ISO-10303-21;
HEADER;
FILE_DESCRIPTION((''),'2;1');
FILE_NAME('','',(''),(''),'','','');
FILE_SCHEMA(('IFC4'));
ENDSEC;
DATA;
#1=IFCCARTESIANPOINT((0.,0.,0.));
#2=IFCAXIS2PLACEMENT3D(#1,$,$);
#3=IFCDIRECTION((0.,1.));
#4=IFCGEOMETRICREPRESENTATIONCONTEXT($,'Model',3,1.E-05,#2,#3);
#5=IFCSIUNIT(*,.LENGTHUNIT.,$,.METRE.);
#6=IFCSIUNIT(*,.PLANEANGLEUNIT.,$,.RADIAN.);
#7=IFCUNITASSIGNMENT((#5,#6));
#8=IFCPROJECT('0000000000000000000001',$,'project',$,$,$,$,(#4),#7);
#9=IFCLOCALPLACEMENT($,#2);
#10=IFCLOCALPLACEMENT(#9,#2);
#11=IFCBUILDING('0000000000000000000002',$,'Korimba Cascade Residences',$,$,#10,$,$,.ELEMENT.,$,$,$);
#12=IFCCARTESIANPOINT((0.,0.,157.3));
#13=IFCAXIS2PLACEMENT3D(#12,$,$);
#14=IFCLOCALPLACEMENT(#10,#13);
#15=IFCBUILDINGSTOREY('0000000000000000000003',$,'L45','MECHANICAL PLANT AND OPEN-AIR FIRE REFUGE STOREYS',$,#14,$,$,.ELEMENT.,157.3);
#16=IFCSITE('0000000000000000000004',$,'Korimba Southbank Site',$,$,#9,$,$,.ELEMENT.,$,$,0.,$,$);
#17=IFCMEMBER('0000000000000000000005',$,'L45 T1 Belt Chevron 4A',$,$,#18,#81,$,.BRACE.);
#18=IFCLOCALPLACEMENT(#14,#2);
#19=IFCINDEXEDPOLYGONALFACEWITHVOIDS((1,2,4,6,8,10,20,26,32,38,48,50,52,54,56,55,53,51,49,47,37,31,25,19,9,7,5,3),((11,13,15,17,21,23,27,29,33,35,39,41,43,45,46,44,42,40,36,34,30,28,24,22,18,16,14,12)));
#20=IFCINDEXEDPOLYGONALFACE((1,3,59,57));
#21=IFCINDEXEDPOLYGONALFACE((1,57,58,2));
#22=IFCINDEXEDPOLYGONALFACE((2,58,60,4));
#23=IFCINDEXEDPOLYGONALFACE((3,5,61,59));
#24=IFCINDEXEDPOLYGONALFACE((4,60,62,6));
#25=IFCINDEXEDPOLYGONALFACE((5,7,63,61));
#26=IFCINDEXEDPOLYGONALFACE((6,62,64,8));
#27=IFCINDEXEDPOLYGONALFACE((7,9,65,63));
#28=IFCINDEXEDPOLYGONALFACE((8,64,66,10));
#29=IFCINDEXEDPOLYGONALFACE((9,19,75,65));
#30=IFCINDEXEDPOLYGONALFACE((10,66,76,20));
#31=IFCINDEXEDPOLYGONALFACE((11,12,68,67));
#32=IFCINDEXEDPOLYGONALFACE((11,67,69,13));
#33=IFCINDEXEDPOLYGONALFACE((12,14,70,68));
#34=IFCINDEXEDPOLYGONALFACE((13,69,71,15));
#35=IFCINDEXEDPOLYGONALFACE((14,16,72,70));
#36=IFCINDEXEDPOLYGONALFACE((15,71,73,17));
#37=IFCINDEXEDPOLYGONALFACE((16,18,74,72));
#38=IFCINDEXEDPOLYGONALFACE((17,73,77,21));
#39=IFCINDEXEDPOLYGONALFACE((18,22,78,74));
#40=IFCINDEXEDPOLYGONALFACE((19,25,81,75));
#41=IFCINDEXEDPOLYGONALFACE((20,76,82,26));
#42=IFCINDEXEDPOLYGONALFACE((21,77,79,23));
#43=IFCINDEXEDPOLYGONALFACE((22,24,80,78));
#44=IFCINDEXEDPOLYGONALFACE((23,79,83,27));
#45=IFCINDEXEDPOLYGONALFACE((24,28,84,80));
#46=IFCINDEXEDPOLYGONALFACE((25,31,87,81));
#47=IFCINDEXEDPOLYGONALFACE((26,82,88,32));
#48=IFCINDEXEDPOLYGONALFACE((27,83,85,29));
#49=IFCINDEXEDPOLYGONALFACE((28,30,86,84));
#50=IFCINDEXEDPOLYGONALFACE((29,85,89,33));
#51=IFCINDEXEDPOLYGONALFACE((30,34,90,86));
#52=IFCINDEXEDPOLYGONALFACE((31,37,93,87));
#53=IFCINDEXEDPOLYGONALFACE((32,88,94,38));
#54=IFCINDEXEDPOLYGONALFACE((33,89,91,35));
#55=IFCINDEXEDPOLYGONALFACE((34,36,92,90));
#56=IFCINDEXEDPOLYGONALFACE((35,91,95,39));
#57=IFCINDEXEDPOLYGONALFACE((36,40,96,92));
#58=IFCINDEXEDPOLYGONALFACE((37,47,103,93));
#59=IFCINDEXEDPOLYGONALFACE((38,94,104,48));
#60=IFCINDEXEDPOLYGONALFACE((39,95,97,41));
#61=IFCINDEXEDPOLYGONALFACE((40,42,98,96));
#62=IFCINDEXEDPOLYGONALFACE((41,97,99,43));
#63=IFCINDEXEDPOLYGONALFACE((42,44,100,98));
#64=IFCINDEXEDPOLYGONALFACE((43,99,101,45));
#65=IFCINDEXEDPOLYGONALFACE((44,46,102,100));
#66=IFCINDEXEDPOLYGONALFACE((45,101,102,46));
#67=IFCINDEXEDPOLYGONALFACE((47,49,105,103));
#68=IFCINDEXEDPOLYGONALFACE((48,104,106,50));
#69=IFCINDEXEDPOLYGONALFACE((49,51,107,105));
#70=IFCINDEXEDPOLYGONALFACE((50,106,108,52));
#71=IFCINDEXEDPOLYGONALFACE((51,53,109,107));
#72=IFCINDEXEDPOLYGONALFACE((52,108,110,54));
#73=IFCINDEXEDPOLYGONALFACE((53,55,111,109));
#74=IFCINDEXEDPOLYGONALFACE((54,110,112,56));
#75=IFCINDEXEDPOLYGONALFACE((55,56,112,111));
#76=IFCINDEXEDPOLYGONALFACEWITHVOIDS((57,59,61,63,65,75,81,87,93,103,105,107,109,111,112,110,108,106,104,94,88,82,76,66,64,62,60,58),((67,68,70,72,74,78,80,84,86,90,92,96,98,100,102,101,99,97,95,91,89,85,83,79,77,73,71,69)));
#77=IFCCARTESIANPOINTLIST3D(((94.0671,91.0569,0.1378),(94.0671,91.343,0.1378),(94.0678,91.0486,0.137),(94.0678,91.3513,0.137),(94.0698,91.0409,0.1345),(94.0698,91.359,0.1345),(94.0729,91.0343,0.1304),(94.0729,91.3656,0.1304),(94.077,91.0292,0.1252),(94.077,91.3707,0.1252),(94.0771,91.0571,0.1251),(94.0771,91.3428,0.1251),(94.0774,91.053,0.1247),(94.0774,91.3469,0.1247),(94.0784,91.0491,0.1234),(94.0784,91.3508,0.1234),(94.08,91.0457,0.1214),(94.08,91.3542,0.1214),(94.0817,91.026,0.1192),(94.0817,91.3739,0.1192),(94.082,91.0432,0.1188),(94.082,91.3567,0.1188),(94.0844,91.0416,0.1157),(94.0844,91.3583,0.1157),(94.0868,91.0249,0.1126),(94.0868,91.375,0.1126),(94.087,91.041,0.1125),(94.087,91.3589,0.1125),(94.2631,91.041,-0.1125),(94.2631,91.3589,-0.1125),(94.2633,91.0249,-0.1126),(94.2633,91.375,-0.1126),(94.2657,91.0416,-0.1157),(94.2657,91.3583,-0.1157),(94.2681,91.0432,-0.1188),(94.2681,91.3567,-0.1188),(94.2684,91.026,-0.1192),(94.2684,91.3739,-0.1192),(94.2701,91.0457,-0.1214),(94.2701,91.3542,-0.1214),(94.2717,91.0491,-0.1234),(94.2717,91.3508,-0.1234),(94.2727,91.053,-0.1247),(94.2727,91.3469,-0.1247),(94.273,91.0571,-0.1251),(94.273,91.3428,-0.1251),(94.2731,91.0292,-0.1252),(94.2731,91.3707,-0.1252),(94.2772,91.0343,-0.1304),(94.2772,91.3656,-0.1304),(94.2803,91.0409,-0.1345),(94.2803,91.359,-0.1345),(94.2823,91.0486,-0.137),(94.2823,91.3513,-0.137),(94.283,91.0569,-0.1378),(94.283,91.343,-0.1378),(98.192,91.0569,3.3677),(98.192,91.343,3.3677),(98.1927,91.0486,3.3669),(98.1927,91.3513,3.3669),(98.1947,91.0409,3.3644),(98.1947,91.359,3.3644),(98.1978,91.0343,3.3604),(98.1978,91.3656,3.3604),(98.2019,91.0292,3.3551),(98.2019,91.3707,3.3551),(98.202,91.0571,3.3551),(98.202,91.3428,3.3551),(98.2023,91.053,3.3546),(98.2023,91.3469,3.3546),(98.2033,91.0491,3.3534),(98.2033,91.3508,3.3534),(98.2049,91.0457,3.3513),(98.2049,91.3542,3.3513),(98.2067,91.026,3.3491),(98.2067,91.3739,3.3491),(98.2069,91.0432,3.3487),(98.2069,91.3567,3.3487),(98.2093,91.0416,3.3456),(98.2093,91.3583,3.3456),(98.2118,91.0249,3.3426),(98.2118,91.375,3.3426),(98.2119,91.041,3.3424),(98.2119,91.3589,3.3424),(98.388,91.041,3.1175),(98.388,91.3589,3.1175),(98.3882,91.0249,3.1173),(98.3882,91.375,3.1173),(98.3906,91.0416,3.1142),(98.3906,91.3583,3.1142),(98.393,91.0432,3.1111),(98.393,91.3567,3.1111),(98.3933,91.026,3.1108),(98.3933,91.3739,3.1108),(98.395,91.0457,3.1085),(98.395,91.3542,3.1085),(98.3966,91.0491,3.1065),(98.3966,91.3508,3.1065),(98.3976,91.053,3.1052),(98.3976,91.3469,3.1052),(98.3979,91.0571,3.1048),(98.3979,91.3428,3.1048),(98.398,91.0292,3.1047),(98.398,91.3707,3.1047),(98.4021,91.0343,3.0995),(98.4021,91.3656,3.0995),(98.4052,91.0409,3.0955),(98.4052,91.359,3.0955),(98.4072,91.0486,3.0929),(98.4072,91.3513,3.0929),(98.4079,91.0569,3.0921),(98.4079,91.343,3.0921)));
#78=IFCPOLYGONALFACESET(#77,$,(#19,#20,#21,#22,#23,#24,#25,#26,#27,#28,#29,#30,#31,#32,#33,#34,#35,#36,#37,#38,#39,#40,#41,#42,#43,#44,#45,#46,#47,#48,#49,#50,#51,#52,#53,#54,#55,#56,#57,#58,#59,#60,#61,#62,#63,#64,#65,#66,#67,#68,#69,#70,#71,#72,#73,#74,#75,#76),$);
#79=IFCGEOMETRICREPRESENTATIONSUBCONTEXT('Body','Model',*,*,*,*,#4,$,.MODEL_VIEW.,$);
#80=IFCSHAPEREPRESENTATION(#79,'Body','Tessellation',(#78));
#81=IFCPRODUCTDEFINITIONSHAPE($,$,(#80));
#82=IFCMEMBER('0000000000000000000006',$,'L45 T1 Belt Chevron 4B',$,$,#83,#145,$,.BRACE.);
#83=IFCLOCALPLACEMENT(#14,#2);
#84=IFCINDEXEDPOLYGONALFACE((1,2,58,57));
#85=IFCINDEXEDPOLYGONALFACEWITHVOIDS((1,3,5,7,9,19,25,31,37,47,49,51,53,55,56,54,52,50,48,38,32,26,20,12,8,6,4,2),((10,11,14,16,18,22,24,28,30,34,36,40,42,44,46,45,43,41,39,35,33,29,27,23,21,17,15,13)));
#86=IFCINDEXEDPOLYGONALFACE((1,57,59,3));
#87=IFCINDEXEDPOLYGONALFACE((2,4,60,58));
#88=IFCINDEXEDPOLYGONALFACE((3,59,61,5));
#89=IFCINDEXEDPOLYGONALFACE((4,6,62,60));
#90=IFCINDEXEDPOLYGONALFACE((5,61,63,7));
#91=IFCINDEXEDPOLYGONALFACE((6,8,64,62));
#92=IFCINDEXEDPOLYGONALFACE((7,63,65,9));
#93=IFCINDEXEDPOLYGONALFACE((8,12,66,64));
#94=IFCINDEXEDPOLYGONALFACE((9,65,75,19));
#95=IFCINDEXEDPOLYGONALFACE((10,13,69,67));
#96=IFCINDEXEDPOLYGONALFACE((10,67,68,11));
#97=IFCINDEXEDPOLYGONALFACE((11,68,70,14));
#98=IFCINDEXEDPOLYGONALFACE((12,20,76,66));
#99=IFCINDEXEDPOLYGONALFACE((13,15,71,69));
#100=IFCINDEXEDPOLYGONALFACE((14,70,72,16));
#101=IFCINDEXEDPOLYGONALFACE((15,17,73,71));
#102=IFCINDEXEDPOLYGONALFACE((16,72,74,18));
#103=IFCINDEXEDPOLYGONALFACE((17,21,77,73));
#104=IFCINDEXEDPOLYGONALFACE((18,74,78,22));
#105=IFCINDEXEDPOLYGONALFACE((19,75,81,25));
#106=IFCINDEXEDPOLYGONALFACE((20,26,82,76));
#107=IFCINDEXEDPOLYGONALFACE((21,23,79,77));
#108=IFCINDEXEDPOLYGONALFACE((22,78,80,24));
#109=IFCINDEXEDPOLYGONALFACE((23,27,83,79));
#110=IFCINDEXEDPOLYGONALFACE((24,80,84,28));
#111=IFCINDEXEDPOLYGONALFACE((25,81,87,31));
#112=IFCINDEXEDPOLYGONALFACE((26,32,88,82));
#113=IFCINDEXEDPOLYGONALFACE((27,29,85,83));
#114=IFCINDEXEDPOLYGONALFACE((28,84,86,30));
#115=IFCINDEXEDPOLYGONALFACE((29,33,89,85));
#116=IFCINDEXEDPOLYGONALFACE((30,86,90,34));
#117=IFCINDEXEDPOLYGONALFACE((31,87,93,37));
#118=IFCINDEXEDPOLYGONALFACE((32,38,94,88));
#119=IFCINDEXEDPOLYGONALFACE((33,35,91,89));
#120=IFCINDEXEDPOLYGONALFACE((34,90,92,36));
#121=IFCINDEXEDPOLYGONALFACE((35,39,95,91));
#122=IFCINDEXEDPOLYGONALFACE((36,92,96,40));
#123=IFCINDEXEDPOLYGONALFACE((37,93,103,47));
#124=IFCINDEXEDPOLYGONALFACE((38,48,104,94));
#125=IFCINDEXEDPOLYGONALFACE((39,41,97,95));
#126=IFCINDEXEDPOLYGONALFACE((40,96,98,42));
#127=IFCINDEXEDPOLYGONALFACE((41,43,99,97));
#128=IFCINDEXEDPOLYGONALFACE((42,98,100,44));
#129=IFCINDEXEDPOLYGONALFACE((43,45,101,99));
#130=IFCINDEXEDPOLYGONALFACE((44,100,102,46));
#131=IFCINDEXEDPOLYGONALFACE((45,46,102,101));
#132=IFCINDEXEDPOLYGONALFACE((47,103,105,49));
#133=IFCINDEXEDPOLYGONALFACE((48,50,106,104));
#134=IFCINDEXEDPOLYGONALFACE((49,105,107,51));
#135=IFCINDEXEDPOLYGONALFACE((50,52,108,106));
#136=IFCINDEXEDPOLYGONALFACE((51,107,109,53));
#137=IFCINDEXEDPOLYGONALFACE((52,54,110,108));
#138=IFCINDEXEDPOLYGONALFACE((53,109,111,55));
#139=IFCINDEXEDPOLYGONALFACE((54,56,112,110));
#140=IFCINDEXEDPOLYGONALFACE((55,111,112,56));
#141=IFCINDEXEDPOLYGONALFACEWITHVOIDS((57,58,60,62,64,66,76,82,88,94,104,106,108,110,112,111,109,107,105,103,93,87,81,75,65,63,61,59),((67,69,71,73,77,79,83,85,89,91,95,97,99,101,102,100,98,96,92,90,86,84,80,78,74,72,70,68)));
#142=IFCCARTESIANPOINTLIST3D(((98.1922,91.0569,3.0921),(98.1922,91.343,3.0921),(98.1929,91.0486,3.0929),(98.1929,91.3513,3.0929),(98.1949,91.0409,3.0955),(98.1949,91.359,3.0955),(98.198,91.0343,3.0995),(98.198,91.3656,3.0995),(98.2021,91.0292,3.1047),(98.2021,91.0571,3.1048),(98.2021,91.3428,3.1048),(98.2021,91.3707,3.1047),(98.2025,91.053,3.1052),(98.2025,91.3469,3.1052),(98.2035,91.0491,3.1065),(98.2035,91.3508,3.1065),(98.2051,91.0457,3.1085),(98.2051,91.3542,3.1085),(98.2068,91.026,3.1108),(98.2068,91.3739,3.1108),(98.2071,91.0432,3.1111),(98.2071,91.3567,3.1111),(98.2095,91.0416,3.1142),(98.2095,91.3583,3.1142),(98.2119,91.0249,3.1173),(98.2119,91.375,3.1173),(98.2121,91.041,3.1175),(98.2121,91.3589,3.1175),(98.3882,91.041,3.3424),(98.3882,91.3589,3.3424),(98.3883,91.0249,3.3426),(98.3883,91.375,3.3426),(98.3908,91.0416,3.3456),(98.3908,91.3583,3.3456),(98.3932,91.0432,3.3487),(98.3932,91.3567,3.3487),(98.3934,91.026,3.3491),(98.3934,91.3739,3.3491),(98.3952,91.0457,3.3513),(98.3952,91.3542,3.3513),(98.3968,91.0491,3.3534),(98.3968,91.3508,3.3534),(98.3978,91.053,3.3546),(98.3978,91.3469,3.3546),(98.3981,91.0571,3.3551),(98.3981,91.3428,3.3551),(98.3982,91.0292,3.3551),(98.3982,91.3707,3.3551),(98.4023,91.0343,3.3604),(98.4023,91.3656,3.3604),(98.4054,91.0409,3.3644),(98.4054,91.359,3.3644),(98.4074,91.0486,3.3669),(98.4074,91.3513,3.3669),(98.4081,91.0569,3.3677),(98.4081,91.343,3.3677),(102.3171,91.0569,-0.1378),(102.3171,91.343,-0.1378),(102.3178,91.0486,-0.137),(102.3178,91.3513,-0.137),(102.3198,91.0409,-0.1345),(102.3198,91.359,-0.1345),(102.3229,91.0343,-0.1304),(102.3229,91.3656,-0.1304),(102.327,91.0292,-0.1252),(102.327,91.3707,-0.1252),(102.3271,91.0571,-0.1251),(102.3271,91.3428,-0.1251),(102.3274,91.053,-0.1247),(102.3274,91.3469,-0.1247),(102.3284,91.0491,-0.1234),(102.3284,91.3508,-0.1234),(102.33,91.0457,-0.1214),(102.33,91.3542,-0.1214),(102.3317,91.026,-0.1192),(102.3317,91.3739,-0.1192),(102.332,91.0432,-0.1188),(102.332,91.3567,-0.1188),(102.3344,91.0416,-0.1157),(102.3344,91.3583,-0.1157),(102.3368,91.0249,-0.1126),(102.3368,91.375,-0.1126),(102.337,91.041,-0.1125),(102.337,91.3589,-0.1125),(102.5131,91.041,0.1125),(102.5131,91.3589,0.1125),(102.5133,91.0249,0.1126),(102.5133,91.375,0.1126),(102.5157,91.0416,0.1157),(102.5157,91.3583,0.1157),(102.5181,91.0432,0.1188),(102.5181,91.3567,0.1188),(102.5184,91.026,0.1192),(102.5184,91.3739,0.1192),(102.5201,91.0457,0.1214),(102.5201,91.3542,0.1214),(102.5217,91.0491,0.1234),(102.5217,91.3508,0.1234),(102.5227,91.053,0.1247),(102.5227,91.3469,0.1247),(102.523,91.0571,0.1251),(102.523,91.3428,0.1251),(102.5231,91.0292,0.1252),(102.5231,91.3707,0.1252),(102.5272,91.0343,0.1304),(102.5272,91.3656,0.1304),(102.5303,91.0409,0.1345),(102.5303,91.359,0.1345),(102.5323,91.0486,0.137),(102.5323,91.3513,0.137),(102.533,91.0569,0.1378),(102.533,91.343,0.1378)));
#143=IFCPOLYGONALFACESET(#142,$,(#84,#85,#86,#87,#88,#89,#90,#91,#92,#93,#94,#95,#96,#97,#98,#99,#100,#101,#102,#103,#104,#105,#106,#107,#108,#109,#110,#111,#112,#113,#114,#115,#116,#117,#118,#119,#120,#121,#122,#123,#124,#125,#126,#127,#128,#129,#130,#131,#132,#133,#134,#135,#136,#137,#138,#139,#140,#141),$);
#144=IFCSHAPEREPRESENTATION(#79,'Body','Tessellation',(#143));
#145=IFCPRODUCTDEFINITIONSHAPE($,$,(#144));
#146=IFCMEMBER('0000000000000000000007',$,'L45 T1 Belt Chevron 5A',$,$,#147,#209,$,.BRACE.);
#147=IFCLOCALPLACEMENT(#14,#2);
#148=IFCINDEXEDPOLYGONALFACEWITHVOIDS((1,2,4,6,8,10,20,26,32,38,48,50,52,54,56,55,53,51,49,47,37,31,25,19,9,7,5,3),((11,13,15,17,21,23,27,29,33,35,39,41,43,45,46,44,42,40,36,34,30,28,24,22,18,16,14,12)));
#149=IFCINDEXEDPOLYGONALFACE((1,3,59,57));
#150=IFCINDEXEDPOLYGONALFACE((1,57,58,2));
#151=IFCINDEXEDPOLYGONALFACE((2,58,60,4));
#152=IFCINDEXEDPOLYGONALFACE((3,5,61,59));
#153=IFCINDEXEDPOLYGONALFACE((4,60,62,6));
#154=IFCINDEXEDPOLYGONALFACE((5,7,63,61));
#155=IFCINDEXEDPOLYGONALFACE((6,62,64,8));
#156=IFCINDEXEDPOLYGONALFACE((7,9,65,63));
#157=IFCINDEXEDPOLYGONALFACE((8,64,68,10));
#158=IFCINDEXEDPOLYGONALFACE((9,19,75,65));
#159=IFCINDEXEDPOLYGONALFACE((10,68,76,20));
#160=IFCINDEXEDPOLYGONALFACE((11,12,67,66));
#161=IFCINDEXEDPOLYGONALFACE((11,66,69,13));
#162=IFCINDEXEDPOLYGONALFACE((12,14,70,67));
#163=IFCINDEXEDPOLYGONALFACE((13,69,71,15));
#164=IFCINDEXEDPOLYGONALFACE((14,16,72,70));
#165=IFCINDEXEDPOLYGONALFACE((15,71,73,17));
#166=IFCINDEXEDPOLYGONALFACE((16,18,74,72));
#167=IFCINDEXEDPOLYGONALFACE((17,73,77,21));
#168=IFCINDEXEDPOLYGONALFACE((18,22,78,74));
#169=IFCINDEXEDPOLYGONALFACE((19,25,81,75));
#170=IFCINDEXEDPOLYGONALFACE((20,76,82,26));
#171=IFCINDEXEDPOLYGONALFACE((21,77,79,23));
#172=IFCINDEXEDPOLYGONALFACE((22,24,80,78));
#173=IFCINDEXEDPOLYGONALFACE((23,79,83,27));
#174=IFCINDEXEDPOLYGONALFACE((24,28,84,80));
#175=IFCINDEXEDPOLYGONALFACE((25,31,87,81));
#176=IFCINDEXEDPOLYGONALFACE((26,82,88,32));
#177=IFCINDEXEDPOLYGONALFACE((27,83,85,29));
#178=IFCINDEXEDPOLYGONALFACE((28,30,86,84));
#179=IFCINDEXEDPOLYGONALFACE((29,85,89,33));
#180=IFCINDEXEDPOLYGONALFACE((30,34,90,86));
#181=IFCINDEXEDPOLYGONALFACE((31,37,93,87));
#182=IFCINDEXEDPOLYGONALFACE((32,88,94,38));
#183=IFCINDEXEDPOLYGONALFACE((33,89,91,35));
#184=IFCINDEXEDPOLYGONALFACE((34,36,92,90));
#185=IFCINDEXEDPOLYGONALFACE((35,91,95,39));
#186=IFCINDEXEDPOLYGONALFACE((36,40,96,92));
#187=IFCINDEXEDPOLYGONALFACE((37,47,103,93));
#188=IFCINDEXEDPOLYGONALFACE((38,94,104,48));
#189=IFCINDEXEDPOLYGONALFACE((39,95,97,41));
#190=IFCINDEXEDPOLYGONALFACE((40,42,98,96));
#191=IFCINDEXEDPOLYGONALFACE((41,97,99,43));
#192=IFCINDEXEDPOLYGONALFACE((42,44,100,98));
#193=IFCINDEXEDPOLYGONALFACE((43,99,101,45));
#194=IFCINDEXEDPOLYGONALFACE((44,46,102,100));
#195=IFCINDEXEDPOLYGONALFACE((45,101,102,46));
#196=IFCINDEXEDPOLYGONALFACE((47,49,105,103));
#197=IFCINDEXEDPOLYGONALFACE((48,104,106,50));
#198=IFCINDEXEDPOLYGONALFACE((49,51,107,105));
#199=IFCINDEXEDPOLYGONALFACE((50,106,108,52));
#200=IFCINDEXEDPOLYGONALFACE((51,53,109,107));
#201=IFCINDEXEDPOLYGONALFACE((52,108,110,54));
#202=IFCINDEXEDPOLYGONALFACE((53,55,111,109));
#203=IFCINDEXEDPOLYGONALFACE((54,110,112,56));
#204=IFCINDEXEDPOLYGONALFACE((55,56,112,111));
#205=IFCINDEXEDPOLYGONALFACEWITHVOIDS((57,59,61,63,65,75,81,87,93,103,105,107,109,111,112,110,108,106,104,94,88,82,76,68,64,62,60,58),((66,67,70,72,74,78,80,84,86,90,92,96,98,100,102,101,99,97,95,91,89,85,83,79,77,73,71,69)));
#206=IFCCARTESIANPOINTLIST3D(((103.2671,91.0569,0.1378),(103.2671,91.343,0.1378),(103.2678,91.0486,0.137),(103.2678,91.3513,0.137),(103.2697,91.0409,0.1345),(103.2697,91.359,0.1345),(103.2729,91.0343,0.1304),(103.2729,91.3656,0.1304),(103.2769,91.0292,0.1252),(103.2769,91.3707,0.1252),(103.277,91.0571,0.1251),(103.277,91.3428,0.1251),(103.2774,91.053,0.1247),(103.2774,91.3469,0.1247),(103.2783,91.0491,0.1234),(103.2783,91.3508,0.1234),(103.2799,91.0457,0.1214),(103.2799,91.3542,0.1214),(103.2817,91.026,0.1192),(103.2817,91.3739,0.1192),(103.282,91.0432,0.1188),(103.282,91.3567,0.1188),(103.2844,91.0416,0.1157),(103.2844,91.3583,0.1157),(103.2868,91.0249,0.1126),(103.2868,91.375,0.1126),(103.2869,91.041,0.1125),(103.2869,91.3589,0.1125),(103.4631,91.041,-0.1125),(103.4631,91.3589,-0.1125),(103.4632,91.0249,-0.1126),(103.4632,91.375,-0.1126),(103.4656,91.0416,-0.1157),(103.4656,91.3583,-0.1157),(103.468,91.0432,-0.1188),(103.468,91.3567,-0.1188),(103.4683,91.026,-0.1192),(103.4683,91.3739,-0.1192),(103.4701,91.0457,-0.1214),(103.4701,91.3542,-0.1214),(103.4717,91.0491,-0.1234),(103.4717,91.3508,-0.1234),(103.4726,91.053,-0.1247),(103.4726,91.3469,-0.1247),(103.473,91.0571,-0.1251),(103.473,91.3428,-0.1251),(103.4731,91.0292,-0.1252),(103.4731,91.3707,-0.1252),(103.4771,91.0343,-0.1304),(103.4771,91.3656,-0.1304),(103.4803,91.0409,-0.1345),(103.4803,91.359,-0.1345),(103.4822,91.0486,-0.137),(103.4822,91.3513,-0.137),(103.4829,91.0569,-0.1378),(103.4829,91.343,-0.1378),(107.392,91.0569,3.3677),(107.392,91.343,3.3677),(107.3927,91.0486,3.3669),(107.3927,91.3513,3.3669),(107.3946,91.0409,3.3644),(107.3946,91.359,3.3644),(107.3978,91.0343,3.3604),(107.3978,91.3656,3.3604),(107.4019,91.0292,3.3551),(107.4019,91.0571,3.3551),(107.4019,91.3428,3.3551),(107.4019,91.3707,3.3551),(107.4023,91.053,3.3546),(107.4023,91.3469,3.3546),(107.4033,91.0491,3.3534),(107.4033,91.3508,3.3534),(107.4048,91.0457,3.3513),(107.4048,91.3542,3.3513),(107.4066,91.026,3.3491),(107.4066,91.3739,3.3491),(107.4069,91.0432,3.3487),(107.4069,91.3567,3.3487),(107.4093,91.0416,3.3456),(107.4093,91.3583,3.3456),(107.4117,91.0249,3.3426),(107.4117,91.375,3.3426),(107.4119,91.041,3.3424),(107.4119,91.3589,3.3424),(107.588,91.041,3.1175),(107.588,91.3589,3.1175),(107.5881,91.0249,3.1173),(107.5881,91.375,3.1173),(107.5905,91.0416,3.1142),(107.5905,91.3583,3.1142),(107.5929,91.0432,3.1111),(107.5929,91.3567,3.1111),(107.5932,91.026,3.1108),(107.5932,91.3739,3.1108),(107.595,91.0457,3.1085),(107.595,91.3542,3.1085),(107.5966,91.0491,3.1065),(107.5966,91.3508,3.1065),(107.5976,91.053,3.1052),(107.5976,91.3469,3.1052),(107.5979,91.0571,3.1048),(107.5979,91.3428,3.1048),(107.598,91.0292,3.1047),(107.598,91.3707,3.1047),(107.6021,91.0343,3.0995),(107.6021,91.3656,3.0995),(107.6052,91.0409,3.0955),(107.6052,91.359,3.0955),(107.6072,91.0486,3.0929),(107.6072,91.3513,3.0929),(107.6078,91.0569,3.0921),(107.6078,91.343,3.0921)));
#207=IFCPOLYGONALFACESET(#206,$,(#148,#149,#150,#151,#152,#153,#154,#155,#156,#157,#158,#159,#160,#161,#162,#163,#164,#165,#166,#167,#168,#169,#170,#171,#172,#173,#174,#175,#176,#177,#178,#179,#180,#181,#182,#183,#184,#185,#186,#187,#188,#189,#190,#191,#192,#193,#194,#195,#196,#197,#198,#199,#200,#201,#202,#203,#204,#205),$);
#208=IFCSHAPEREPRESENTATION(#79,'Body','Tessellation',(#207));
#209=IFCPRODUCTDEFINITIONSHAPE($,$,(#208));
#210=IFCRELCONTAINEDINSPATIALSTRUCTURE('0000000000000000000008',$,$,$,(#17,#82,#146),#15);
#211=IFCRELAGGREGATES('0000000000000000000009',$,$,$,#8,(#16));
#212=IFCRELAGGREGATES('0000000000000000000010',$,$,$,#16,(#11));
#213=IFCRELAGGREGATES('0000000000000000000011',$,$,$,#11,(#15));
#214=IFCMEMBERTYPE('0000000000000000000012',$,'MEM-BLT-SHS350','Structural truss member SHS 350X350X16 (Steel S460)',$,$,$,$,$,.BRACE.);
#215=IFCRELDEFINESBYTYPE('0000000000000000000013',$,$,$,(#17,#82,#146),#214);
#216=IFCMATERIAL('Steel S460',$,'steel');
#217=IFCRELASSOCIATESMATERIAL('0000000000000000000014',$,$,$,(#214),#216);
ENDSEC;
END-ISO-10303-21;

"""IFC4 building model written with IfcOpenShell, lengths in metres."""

from ifc_helpers import new_model, si_unit, direction, frame, origin, origin_2d, place, context, subcontext, project, spatial, hollow_rectangle, extrude, material, material_profile, profile_set, type_object, element, save


model = new_model("IFC4")

# Units and contexts
model_context = context("Model", 3, precision=1e-05, world=origin(), true_north=direction((0.0, 1.0)))
body_context = subcontext(model_context, "Body", "Model", "MODEL_VIEW")
ifc_project = project(units=[si_unit("LENGTHUNIT", "METRE"), si_unit("PLANEANGLEUNIT", "RADIAN")], contexts=[model_context])

# Site, building, storey
site_placement = place(None, origin())
site = spatial("IfcSite", under=ifc_project, at=site_placement, Name="Korimba Southbank Site", CompositionType="ELEMENT", RefElevation=0.0)
building_placement = place(site_placement, origin())
building = spatial("IfcBuilding", under=site, at=building_placement, Name="Korimba Cascade Residences", CompositionType="ELEMENT")
storey_placement = place(building_placement, frame((0.0, 0.0, 157.3)))
storey = spatial("IfcBuildingStorey", under=building, at=storey_placement, Name="L45", Description="MECHANICAL PLANT AND OPEN-AIR FIRE REFUGE STOREYS", CompositionType="ELEMENT", Elevation=157.3)

# Members
ifc_material_1 = material(Name="Steel S460", Category="steel")
ifc_material_profile_1 = material_profile(ifc_material_1, hollow_rectangle(XDim=0.3501, YDim=0.3501, WallThickness=0.0161, InnerFilletRadius=0.0161, OuterFilletRadius=0.032, at=origin_2d()), Name="Steel S460")
ifc_profile_set_1 = profile_set([ifc_material_profile_1], Name="Steel S460")
member_type_1 = type_object("IfcMemberType", Name="MEM-BLT-SHS350", Description="Structural truss member SHS 350X350X16 (Steel S460)", PredefinedType="BRACE", material=ifc_profile_set_1)
for number, where, z_axis, x_axis, name in (
    (1, (94.175, 91.2, 0.0), (0.787346, 0.0, 0.616512), (0.0, 1.0, 0.0), "L45 T1 Belt Chevron 4A"),
    (2, (102.425, 91.2, 0.0), (-0.787346, 0.0, 0.616512), (0.0, -1.0, 0.0), "L45 T1 Belt Chevron 4B"),
    (3, (103.375, 91.2, 0.0), (0.787346, 0.0, 0.616512), (0.0, 1.0, 0.0), "L45 T1 Belt Chevron 5A"),
):
    element("IfcMember", number, at=place(storey_placement, frame(where, z_axis=z_axis, x_axis=x_axis)), inside=storey, type_object=member_type_1, Name=name, PredefinedType="BRACE", context=body_context, shape_type="SweptSolid", body=[
        extrude(hollow_rectangle(XDim=0.3501, YDim=0.3501, WallThickness=0.0161, InnerFilletRadius=0.0161, OuterFilletRadius=0.032, at=origin_2d()), origin(), (0.0, 0.0, 1.0), 5.239),
    ])

save(model, "model.ifc")
